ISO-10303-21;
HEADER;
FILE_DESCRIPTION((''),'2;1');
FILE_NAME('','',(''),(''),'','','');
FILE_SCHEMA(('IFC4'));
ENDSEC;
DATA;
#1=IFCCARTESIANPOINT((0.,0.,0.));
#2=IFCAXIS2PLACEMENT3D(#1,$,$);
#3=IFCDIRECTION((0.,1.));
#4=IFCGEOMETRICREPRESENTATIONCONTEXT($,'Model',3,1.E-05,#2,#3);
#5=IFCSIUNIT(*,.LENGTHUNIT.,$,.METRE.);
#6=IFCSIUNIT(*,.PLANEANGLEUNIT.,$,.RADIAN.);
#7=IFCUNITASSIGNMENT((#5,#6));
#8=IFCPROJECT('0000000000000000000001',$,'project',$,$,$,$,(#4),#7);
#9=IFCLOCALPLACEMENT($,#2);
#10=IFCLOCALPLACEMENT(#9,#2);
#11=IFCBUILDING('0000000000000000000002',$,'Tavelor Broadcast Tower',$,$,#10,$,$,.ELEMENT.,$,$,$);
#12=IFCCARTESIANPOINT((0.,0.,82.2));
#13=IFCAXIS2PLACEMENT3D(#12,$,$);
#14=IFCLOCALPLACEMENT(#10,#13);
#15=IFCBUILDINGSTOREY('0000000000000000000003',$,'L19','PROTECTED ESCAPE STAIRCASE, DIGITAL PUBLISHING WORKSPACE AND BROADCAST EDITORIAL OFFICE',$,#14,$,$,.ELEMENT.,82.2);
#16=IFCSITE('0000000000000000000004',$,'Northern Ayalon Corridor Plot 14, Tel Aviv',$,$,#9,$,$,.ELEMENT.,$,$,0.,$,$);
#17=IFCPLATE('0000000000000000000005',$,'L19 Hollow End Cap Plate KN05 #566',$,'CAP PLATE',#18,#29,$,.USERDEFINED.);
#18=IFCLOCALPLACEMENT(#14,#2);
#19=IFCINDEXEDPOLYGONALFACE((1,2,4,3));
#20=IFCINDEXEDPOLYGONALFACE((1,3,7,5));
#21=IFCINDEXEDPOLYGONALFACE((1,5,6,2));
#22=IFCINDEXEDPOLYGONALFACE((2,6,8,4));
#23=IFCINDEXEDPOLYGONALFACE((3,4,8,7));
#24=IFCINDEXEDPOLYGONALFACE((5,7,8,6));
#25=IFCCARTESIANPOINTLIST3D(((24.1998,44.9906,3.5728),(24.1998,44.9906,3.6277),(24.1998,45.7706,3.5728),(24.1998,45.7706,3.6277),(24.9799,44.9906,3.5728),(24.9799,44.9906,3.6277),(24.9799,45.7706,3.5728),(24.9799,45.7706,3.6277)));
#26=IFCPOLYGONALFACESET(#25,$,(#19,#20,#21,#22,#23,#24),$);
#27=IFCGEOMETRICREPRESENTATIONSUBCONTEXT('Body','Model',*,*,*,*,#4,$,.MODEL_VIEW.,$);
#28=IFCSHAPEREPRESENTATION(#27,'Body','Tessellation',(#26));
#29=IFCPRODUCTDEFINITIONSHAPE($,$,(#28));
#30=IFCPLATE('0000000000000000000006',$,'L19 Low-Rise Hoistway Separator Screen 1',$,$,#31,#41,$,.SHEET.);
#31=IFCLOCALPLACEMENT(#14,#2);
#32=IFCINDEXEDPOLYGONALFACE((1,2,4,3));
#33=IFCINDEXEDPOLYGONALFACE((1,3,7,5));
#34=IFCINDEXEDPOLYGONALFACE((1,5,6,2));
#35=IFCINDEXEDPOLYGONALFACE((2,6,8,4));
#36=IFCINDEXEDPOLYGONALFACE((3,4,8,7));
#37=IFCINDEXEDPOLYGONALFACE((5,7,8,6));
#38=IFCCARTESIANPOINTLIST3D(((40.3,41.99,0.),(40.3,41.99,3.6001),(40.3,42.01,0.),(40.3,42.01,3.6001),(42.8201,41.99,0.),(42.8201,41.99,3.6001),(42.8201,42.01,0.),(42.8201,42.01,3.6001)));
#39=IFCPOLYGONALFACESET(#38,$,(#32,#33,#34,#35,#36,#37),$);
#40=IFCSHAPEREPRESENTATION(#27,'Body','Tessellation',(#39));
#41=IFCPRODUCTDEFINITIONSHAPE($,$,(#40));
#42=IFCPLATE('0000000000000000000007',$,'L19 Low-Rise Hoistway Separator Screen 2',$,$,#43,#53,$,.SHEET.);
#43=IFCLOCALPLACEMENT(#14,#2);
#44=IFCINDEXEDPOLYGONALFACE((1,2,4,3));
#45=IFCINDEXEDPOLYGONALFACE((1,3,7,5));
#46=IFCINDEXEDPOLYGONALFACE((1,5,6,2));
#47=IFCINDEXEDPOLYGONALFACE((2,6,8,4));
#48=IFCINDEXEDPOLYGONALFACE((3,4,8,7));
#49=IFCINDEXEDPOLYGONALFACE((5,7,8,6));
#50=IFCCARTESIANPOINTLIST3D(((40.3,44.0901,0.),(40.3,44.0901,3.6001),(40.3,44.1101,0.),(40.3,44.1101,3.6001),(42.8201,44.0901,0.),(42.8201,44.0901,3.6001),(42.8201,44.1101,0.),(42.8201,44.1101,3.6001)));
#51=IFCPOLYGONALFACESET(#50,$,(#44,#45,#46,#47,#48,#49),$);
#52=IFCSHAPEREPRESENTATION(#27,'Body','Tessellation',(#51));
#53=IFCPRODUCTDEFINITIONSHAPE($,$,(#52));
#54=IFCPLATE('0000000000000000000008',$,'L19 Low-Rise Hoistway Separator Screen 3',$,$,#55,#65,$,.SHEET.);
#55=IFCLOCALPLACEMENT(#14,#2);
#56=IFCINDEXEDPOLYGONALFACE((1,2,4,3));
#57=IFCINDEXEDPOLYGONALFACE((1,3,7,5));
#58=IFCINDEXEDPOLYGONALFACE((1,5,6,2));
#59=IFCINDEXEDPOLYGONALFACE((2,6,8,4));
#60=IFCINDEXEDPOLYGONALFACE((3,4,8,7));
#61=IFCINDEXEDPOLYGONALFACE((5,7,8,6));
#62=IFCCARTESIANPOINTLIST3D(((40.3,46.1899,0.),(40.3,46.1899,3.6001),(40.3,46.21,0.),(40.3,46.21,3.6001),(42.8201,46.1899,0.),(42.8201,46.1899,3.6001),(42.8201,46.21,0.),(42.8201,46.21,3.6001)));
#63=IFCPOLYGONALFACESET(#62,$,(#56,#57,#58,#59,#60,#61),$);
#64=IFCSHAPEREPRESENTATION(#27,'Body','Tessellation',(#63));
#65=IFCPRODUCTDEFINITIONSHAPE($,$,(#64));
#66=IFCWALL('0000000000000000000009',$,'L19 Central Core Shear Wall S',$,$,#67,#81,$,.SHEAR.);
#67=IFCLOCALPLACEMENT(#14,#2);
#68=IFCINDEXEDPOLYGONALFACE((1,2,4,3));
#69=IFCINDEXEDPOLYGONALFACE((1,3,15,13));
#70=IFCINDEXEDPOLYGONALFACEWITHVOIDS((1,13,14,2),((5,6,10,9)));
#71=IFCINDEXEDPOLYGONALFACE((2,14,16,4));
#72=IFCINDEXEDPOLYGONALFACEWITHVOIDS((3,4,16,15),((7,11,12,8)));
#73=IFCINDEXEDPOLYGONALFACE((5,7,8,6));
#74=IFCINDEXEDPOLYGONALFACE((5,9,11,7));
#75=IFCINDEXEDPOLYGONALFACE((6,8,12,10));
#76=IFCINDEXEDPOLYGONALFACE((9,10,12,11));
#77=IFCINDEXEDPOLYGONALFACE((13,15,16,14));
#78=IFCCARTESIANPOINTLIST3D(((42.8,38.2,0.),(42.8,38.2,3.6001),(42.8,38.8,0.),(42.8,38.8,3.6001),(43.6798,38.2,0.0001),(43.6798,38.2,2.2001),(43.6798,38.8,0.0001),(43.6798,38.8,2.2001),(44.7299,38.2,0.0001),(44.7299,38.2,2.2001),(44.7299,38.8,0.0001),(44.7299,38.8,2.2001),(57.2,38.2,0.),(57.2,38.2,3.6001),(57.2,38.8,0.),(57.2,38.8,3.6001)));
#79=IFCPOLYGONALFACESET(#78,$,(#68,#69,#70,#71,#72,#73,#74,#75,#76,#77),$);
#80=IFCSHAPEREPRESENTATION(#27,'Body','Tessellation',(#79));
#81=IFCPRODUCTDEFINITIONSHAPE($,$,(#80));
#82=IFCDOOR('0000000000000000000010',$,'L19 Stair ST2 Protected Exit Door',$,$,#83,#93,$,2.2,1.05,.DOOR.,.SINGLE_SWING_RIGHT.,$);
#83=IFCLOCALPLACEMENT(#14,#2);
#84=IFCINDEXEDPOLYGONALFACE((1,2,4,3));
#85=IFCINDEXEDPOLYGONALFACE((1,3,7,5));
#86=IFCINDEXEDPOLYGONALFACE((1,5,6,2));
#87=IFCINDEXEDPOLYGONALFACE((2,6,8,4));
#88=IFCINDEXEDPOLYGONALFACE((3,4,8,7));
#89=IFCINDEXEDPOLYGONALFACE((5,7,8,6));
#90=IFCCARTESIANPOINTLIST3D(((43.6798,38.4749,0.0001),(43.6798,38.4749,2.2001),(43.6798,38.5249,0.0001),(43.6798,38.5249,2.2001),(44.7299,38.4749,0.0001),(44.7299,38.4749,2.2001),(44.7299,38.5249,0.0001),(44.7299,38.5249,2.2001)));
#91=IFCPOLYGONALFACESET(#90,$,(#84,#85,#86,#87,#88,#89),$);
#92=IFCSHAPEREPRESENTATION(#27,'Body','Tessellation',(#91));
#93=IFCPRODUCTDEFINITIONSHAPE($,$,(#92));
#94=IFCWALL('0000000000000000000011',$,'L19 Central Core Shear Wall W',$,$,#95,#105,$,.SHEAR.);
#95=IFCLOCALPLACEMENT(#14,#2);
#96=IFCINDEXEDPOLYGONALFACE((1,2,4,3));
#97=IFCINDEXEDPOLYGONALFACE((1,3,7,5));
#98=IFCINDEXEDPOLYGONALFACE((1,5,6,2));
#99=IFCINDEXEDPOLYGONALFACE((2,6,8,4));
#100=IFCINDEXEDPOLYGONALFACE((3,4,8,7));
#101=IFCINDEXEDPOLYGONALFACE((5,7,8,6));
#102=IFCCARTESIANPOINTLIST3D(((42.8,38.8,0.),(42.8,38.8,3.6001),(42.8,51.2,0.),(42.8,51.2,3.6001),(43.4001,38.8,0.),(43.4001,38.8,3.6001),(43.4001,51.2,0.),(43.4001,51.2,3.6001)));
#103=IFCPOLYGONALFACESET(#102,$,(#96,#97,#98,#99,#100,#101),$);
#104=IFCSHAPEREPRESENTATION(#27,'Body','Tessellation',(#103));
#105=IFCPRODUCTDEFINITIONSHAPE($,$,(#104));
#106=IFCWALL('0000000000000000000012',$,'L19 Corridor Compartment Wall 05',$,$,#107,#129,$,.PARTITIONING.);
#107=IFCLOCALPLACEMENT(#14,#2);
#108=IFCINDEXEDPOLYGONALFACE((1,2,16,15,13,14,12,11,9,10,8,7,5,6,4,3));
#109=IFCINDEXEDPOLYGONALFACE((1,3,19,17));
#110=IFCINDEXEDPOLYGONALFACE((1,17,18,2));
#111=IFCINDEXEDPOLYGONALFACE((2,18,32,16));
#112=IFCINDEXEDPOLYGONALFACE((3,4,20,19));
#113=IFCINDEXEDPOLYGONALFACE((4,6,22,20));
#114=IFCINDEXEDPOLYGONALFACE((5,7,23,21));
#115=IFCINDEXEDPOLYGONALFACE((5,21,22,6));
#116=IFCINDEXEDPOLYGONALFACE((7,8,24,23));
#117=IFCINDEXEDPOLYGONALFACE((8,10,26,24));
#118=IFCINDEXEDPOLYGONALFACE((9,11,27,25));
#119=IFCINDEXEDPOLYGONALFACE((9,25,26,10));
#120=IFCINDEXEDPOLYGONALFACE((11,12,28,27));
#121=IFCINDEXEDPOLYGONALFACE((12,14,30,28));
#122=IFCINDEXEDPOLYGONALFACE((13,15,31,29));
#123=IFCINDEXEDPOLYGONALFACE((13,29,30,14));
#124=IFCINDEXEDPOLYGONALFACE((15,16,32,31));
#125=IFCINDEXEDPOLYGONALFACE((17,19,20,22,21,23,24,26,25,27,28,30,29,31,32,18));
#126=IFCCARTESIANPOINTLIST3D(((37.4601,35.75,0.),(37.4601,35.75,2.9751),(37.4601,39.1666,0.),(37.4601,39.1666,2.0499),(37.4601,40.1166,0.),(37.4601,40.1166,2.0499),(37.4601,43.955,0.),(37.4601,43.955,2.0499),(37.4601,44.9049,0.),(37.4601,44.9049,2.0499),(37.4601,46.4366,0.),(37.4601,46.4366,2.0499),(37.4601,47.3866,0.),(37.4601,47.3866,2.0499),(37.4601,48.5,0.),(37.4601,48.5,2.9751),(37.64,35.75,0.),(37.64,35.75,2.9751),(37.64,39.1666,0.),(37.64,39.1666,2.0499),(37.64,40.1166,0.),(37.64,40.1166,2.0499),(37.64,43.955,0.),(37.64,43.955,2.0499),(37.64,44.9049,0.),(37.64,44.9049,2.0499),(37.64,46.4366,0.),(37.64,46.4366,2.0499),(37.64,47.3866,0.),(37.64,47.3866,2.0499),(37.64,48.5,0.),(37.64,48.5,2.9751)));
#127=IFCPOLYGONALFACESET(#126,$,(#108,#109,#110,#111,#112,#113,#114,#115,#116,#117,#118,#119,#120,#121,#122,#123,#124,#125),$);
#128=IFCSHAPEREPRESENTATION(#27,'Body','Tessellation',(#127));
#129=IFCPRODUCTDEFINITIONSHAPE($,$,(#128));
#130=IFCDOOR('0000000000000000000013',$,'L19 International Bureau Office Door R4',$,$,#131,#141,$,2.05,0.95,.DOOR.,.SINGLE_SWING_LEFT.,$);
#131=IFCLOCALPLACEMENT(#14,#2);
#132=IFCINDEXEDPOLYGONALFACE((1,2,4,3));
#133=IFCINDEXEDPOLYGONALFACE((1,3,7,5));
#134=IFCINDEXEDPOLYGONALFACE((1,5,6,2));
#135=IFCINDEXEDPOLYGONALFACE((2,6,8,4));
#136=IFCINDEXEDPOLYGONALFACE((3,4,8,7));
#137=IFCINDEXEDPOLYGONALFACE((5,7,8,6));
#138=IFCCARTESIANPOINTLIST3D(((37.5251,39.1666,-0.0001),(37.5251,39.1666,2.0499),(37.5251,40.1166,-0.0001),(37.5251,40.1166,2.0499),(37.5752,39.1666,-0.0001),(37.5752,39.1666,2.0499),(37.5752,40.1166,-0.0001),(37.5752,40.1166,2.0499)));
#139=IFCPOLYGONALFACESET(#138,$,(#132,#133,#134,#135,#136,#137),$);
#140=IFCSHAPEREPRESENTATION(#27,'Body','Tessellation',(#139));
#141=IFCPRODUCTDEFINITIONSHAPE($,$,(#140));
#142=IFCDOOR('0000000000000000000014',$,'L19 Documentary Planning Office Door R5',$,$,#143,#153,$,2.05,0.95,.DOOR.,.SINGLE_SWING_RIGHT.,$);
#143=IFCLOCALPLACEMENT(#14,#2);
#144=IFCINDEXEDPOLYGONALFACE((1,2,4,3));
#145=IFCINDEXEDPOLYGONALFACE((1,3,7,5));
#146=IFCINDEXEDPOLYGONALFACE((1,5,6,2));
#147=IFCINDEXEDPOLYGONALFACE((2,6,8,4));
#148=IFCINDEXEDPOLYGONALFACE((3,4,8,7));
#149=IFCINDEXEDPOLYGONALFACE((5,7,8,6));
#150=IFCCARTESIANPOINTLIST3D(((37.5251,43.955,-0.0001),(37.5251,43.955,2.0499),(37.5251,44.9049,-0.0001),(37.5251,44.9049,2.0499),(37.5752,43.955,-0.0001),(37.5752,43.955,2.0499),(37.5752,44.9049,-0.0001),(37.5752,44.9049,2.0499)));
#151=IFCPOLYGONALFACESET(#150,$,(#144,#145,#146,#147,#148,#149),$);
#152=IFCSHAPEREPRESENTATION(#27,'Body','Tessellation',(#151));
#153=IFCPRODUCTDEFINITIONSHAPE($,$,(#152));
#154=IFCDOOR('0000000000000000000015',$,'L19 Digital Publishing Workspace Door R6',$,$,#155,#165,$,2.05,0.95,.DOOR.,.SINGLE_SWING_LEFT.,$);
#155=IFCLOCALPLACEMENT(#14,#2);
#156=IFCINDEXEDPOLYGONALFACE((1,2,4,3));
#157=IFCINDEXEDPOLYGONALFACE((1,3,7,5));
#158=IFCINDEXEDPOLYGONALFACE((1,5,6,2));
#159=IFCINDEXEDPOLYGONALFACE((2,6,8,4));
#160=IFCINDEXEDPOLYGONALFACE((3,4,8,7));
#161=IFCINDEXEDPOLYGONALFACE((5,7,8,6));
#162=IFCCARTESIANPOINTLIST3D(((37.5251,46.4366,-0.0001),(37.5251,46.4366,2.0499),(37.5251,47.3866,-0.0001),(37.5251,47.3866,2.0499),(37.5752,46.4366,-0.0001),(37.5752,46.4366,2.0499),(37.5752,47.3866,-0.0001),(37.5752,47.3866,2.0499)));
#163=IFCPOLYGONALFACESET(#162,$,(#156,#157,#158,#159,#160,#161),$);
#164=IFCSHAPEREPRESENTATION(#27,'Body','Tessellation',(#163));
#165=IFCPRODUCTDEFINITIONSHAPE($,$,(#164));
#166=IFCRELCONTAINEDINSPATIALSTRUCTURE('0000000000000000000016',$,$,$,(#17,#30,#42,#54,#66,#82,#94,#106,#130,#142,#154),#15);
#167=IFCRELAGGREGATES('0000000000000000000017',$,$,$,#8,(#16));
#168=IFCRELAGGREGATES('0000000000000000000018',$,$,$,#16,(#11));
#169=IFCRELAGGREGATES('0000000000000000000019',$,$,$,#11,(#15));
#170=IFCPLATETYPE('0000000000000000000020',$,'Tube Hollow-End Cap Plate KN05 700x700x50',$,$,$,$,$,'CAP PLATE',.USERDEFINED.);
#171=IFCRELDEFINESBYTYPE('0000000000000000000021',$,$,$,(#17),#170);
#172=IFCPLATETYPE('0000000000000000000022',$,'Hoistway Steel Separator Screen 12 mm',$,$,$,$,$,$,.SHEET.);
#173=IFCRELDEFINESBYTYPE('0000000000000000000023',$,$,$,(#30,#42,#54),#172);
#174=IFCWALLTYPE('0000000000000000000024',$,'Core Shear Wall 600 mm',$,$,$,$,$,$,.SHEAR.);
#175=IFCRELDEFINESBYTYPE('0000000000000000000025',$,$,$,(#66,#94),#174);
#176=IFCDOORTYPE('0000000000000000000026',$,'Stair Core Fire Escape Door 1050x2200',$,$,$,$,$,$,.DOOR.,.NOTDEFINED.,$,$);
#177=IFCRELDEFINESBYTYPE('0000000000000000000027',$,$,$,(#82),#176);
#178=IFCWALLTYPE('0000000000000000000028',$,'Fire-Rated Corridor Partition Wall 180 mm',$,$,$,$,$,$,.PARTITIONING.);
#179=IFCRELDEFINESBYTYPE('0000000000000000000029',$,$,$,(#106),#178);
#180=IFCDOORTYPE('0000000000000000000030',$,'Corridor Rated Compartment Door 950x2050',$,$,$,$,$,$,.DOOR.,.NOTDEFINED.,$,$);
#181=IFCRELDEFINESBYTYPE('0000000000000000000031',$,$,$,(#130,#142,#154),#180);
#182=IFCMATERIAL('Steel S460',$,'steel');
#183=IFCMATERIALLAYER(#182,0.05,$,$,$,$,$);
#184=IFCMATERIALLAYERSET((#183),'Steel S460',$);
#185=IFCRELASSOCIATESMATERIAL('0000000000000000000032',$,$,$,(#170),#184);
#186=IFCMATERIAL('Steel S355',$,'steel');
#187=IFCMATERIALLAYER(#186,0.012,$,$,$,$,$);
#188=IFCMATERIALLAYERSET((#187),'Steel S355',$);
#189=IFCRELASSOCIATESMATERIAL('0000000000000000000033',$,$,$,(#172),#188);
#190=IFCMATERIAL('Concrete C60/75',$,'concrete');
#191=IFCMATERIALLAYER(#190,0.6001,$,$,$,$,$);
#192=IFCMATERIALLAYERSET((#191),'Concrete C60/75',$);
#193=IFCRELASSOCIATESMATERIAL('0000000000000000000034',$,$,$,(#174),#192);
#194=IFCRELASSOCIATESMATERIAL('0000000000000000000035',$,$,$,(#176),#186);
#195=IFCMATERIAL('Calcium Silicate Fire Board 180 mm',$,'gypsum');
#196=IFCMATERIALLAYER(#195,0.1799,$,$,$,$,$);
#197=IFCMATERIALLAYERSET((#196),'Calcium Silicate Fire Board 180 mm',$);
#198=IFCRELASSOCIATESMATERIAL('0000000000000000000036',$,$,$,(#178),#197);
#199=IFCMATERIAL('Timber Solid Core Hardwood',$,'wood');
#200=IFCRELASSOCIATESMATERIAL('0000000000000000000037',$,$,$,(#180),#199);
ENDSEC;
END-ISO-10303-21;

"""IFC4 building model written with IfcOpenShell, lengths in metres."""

from ifc_helpers import new_model, si_unit, direction, frame, frame_2d, origin, origin_2d, place, context, subcontext, project, spatial, rectangle, extrude, source, transform, mapped, material, layer, layer_set, type_object, type_shapes, element, fill, save


model = new_model("IFC4")

# Units and contexts
model_context = context("Model", 3, precision=1e-05, world=origin(), true_north=direction((0.0, 1.0)))
body_context = subcontext(model_context, "Body", "Model", "MODEL_VIEW")
ifc_project = project(units=[si_unit("LENGTHUNIT", "METRE"), si_unit("PLANEANGLEUNIT", "RADIAN")], contexts=[model_context])

# Site, building, storey
site_placement = place(None, origin())
site = spatial("IfcSite", under=ifc_project, at=site_placement, Name="Northern Ayalon Corridor Plot 14, Tel Aviv", CompositionType="ELEMENT", RefElevation=0.0)
building_placement = place(site_placement, origin())
building = spatial("IfcBuilding", under=site, at=building_placement, Name="Tavelor Broadcast Tower", CompositionType="ELEMENT")
storey_placement = place(building_placement, frame((0.0, 0.0, 82.2)))
storey = spatial("IfcBuildingStorey", under=building, at=storey_placement, Name="L19", Description="PROTECTED ESCAPE STAIRCASE, DIGITAL PUBLISHING WORKSPACE AND BROADCAST EDITORIAL OFFICE", CompositionType="ELEMENT", Elevation=82.2)

# Shared definitions
ifc_material_1 = material(Name="Concrete C60/75", Category="concrete")

# Shared definitions
ifc_material_2 = material(Name="Steel S355", Category="steel")

# Plates
ifc_material_3 = material(Name="Steel S460", Category="steel")
ifc_layer_1 = layer(ifc_material_3, 0.05)
ifc_layer_set_1 = layer_set([ifc_layer_1], Name="Steel S460")
plate_type_1 = type_object("IfcPlateType", Name="Tube Hollow-End Cap Plate KN05 700x700x50", ElementType="CAP PLATE", PredefinedType="USERDEFINED", material=ifc_layer_set_1)
shared_shape_1 = source(origin(), body_context, "Body", "SweptSolid", [
    extrude(rectangle(XDim=0.78, YDim=0.78, at=origin_2d()), origin(), (0.0, 0.0, 1.0), 0.0549),
])
type_shapes(plate_type_1, [shared_shape_1])
plate_placement = place(storey_placement, frame((24.5898, 45.3806, 3.5728), z_axis=(0.0, 0.0, 1.0), x_axis=(1.0, 0.0, 0.0)))
element("IfcPlate", 1, at=plate_placement, inside=storey, type_object=plate_type_1, Name="L19 Hollow End Cap Plate KN05 #566", ObjectType="CAP PLATE", PredefinedType="USERDEFINED", context=body_context, shape_type="MappedRepresentation", body=[
    mapped(shared_shape_1, transform((0.0, 0.0, 0.0), scale=1.0)),
])
ifc_layer_2 = layer(ifc_material_2, 0.012)
ifc_layer_set_2 = layer_set([ifc_layer_2], Name="Steel S355")
plate_type_2 = type_object("IfcPlateType", Name="Hoistway Steel Separator Screen 12 mm", PredefinedType="SHEET", material=ifc_layer_set_2)
shared_shape_2 = source(origin(), body_context, "Body", "SweptSolid", [
    extrude(rectangle(XDim=2.52, YDim=0.02, at=origin_2d()), origin(), (0.0, 0.0, 1.0), 3.6001),
])
type_shapes(plate_type_2, [shared_shape_2])
for number, where, z_axis, x_axis, name in (
    (2, (41.5601, 42.0, 0.0), (0.0, 0.0, 1.0), (1.0, 0.0, 0.0), "L19 Low-Rise Hoistway Separator Screen 1"),
    (3, (41.5601, 44.1001, 0.0), (0.0, 0.0, 1.0), (1.0, 0.0, 0.0), "L19 Low-Rise Hoistway Separator Screen 2"),
    (4, (41.5601, 46.2, 0.0), (0.0, 0.0, 1.0), (1.0, 0.0, 0.0), "L19 Low-Rise Hoistway Separator Screen 3"),
):
    element("IfcPlate", number, at=place(storey_placement, frame(where, z_axis=z_axis, x_axis=x_axis)), inside=storey, type_object=plate_type_2, Name=name, PredefinedType="SHEET", context=body_context, shape_type="MappedRepresentation", body=[
        mapped(shared_shape_2, transform((0.0, 0.0, 0.0), scale=1.0)),
    ])

# Wall, opening, door
ifc_layer_3 = layer(ifc_material_1, 0.6001)
ifc_layer_set_3 = layer_set([ifc_layer_3], Name="Concrete C60/75")
wall_type_1 = type_object("IfcWallType", Name="Core Shear Wall 600 mm", PredefinedType="SHEAR", material=ifc_layer_set_3)
wall_1_placement = place(storey_placement, frame((42.8, 38.5, 0.0), z_axis=(0.0, 0.0, 1.0), x_axis=(1.0, 0.0, 0.0)))
wall_1 = element("IfcWall", 5, at=wall_1_placement, inside=storey, type_object=wall_type_1, Name="L19 Central Core Shear Wall S", PredefinedType="SHEAR", context=body_context, shape_type="SweptSolid", body=[
    extrude(rectangle(XDim=14.3999, YDim=0.6001, at=frame_2d((7.2, 0.0))), origin(), (0.0, 0.0, 1.0), 3.6001),
])
opening_1_placement = place(wall_1_placement, frame((0.8799, 0.0, 0.0)))
opening_1 = element("IfcOpeningElement", 6, at=opening_1_placement, cuts=wall_1, PredefinedType="OPENING", context=body_context, shape_type="SweptSolid", body=[
    extrude(rectangle(XDim=1.05, YDim=2.2, at=frame_2d((0.5249, 1.1001))), frame((0.0, 0.3101, 0.0), z_axis=(0.0, -1.0, 0.0), x_axis=(1.0, 0.0, 0.0)), (0.0, 0.0, 1.0), 0.6201),
])
door_type_1 = type_object("IfcDoorType", Name="Stair Core Fire Escape Door 1050x2200", OperationType="NOTDEFINED", PredefinedType="DOOR", material=ifc_material_2)
door_1_placement = place(opening_1_placement, origin())
door_1 = element("IfcDoor", 7, at=door_1_placement, inside=storey, type_object=door_type_1, Name="L19 Stair ST2 Protected Exit Door", OperationType="SINGLE_SWING_RIGHT", OverallHeight=2.2, OverallWidth=1.05, PredefinedType="DOOR", context=body_context, shape_type="SweptSolid", body=[
    extrude(rectangle(XDim=1.05, YDim=2.2, at=frame_2d((0.5249, 1.1001))), frame((0.0, 0.0249, 0.0), z_axis=(0.0, -1.0, 0.0), x_axis=(1.0, 0.0, 0.0)), (0.0, 0.0, 1.0), 0.05),
])
fill(opening_1, door_1)

# Wall
wall_2_placement = place(storey_placement, frame((43.1001, 38.8, 0.0), z_axis=(0.0, 0.0, 1.0), x_axis=(0.0, 1.0, 0.0)))
element("IfcWall", 8, at=wall_2_placement, inside=storey, type_object=wall_type_1, Name="L19 Central Core Shear Wall W", PredefinedType="SHEAR", context=body_context, shape_type="SweptSolid", body=[
    extrude(rectangle(XDim=12.3999, YDim=0.6001, at=frame_2d((6.2, 0.0))), origin(), (0.0, 0.0, 1.0), 3.6001),
])

# Wall, openings, doors
ifc_material_4 = material(Name="Calcium Silicate Fire Board 180 mm", Category="gypsum")
ifc_layer_4 = layer(ifc_material_4, 0.1799)
ifc_layer_set_4 = layer_set([ifc_layer_4], Name="Calcium Silicate Fire Board 180 mm")
wall_type_2 = type_object("IfcWallType", Name="Fire-Rated Corridor Partition Wall 180 mm", PredefinedType="PARTITIONING", material=ifc_layer_set_4)
wall_3_placement = place(storey_placement, frame((37.55, 35.75, 0.0), z_axis=(0.0, 0.0, 1.0), x_axis=(0.0, 1.0, 0.0)))
wall_3 = element("IfcWall", 9, at=wall_3_placement, inside=storey, type_object=wall_type_2, Name="L19 Corridor Compartment Wall 05", PredefinedType="PARTITIONING", context=body_context, shape_type="SweptSolid", body=[
    extrude(rectangle(XDim=12.75, YDim=0.1799, at=frame_2d((6.375, 0.0))), origin(), (0.0, 0.0, 1.0), 2.9751),
])
opening_2_placement = place(wall_3_placement, frame((3.4165, 0.0, 0.0)))
opening_2 = element("IfcOpeningElement", 10, at=opening_2_placement, cuts=wall_3, PredefinedType="OPENING", context=body_context, shape_type="SweptSolid", body=[
    extrude(rectangle(XDim=0.95, YDim=2.05, at=frame_2d((0.4751, 1.0249))), frame((0.0, 0.1001, 0.0), z_axis=(0.0, -1.0, 0.0), x_axis=(1.0, 0.0, 0.0)), (0.0, 0.0, 1.0), 0.2),
])
opening_3_placement = place(wall_3_placement, frame((8.2048, 0.0, 0.0)))
opening_3 = element("IfcOpeningElement", 11, at=opening_3_placement, cuts=wall_3, PredefinedType="OPENING", context=body_context, shape_type="SweptSolid", body=[
    extrude(rectangle(XDim=0.95, YDim=2.05, at=frame_2d((0.4751, 1.0249))), frame((0.0, 0.1001, 0.0), z_axis=(0.0, -1.0, 0.0), x_axis=(1.0, 0.0, 0.0)), (0.0, 0.0, 1.0), 0.2),
])
opening_4_placement = place(wall_3_placement, frame((10.6865, 0.0, 0.0)))
opening_4 = element("IfcOpeningElement", 12, at=opening_4_placement, cuts=wall_3, PredefinedType="OPENING", context=body_context, shape_type="SweptSolid", body=[
    extrude(rectangle(XDim=0.95, YDim=2.05, at=frame_2d((0.4751, 1.0249))), frame((0.0, 0.1001, 0.0), z_axis=(0.0, -1.0, 0.0), x_axis=(1.0, 0.0, 0.0)), (0.0, 0.0, 1.0), 0.2),
])
ifc_material_5 = material(Name="Timber Solid Core Hardwood", Category="wood")
door_type_2 = type_object("IfcDoorType", Name="Corridor Rated Compartment Door 950x2050", OperationType="NOTDEFINED", PredefinedType="DOOR", material=ifc_material_5)
door_2_placement = place(opening_2_placement, origin())
door_2 = element("IfcDoor", 13, at=door_2_placement, inside=storey, type_object=door_type_2, Name="L19 International Bureau Office Door R4", OperationType="SINGLE_SWING_LEFT", OverallHeight=2.05, OverallWidth=0.95, PredefinedType="DOOR", context=body_context, shape_type="SweptSolid", body=[
    extrude(rectangle(XDim=0.95, YDim=2.05, at=frame_2d((0.4751, 1.0249))), frame((0.0, 0.0249, 0.0), z_axis=(0.0, -1.0, 0.0), x_axis=(1.0, 0.0, 0.0)), (0.0, 0.0, 1.0), 0.05),
])
fill(opening_2, door_2)
door_3_placement = place(opening_3_placement, origin())
door_3 = element("IfcDoor", 14, at=door_3_placement, inside=storey, type_object=door_type_2, Name="L19 Documentary Planning Office Door R5", OperationType="SINGLE_SWING_RIGHT", OverallHeight=2.05, OverallWidth=0.95, PredefinedType="DOOR", context=body_context, shape_type="SweptSolid", body=[
    extrude(rectangle(XDim=0.95, YDim=2.05, at=frame_2d((0.4751, 1.0249))), frame((0.0, 0.0249, 0.0), z_axis=(0.0, -1.0, 0.0), x_axis=(1.0, 0.0, 0.0)), (0.0, 0.0, 1.0), 0.05),
])
fill(opening_3, door_3)
door_4_placement = place(opening_4_placement, origin())
door_4 = element("IfcDoor", 15, at=door_4_placement, inside=storey, type_object=door_type_2, Name="L19 Digital Publishing Workspace Door R6", OperationType="SINGLE_SWING_LEFT", OverallHeight=2.05, OverallWidth=0.95, PredefinedType="DOOR", context=body_context, shape_type="SweptSolid", body=[
    extrude(rectangle(XDim=0.95, YDim=2.05, at=frame_2d((0.4751, 1.0249))), frame((0.0, 0.0249, 0.0), z_axis=(0.0, -1.0, 0.0), x_axis=(1.0, 0.0, 0.0)), (0.0, 0.0, 1.0), 0.05),
])
fill(opening_4, door_4)

save(model, "model.ifc")
